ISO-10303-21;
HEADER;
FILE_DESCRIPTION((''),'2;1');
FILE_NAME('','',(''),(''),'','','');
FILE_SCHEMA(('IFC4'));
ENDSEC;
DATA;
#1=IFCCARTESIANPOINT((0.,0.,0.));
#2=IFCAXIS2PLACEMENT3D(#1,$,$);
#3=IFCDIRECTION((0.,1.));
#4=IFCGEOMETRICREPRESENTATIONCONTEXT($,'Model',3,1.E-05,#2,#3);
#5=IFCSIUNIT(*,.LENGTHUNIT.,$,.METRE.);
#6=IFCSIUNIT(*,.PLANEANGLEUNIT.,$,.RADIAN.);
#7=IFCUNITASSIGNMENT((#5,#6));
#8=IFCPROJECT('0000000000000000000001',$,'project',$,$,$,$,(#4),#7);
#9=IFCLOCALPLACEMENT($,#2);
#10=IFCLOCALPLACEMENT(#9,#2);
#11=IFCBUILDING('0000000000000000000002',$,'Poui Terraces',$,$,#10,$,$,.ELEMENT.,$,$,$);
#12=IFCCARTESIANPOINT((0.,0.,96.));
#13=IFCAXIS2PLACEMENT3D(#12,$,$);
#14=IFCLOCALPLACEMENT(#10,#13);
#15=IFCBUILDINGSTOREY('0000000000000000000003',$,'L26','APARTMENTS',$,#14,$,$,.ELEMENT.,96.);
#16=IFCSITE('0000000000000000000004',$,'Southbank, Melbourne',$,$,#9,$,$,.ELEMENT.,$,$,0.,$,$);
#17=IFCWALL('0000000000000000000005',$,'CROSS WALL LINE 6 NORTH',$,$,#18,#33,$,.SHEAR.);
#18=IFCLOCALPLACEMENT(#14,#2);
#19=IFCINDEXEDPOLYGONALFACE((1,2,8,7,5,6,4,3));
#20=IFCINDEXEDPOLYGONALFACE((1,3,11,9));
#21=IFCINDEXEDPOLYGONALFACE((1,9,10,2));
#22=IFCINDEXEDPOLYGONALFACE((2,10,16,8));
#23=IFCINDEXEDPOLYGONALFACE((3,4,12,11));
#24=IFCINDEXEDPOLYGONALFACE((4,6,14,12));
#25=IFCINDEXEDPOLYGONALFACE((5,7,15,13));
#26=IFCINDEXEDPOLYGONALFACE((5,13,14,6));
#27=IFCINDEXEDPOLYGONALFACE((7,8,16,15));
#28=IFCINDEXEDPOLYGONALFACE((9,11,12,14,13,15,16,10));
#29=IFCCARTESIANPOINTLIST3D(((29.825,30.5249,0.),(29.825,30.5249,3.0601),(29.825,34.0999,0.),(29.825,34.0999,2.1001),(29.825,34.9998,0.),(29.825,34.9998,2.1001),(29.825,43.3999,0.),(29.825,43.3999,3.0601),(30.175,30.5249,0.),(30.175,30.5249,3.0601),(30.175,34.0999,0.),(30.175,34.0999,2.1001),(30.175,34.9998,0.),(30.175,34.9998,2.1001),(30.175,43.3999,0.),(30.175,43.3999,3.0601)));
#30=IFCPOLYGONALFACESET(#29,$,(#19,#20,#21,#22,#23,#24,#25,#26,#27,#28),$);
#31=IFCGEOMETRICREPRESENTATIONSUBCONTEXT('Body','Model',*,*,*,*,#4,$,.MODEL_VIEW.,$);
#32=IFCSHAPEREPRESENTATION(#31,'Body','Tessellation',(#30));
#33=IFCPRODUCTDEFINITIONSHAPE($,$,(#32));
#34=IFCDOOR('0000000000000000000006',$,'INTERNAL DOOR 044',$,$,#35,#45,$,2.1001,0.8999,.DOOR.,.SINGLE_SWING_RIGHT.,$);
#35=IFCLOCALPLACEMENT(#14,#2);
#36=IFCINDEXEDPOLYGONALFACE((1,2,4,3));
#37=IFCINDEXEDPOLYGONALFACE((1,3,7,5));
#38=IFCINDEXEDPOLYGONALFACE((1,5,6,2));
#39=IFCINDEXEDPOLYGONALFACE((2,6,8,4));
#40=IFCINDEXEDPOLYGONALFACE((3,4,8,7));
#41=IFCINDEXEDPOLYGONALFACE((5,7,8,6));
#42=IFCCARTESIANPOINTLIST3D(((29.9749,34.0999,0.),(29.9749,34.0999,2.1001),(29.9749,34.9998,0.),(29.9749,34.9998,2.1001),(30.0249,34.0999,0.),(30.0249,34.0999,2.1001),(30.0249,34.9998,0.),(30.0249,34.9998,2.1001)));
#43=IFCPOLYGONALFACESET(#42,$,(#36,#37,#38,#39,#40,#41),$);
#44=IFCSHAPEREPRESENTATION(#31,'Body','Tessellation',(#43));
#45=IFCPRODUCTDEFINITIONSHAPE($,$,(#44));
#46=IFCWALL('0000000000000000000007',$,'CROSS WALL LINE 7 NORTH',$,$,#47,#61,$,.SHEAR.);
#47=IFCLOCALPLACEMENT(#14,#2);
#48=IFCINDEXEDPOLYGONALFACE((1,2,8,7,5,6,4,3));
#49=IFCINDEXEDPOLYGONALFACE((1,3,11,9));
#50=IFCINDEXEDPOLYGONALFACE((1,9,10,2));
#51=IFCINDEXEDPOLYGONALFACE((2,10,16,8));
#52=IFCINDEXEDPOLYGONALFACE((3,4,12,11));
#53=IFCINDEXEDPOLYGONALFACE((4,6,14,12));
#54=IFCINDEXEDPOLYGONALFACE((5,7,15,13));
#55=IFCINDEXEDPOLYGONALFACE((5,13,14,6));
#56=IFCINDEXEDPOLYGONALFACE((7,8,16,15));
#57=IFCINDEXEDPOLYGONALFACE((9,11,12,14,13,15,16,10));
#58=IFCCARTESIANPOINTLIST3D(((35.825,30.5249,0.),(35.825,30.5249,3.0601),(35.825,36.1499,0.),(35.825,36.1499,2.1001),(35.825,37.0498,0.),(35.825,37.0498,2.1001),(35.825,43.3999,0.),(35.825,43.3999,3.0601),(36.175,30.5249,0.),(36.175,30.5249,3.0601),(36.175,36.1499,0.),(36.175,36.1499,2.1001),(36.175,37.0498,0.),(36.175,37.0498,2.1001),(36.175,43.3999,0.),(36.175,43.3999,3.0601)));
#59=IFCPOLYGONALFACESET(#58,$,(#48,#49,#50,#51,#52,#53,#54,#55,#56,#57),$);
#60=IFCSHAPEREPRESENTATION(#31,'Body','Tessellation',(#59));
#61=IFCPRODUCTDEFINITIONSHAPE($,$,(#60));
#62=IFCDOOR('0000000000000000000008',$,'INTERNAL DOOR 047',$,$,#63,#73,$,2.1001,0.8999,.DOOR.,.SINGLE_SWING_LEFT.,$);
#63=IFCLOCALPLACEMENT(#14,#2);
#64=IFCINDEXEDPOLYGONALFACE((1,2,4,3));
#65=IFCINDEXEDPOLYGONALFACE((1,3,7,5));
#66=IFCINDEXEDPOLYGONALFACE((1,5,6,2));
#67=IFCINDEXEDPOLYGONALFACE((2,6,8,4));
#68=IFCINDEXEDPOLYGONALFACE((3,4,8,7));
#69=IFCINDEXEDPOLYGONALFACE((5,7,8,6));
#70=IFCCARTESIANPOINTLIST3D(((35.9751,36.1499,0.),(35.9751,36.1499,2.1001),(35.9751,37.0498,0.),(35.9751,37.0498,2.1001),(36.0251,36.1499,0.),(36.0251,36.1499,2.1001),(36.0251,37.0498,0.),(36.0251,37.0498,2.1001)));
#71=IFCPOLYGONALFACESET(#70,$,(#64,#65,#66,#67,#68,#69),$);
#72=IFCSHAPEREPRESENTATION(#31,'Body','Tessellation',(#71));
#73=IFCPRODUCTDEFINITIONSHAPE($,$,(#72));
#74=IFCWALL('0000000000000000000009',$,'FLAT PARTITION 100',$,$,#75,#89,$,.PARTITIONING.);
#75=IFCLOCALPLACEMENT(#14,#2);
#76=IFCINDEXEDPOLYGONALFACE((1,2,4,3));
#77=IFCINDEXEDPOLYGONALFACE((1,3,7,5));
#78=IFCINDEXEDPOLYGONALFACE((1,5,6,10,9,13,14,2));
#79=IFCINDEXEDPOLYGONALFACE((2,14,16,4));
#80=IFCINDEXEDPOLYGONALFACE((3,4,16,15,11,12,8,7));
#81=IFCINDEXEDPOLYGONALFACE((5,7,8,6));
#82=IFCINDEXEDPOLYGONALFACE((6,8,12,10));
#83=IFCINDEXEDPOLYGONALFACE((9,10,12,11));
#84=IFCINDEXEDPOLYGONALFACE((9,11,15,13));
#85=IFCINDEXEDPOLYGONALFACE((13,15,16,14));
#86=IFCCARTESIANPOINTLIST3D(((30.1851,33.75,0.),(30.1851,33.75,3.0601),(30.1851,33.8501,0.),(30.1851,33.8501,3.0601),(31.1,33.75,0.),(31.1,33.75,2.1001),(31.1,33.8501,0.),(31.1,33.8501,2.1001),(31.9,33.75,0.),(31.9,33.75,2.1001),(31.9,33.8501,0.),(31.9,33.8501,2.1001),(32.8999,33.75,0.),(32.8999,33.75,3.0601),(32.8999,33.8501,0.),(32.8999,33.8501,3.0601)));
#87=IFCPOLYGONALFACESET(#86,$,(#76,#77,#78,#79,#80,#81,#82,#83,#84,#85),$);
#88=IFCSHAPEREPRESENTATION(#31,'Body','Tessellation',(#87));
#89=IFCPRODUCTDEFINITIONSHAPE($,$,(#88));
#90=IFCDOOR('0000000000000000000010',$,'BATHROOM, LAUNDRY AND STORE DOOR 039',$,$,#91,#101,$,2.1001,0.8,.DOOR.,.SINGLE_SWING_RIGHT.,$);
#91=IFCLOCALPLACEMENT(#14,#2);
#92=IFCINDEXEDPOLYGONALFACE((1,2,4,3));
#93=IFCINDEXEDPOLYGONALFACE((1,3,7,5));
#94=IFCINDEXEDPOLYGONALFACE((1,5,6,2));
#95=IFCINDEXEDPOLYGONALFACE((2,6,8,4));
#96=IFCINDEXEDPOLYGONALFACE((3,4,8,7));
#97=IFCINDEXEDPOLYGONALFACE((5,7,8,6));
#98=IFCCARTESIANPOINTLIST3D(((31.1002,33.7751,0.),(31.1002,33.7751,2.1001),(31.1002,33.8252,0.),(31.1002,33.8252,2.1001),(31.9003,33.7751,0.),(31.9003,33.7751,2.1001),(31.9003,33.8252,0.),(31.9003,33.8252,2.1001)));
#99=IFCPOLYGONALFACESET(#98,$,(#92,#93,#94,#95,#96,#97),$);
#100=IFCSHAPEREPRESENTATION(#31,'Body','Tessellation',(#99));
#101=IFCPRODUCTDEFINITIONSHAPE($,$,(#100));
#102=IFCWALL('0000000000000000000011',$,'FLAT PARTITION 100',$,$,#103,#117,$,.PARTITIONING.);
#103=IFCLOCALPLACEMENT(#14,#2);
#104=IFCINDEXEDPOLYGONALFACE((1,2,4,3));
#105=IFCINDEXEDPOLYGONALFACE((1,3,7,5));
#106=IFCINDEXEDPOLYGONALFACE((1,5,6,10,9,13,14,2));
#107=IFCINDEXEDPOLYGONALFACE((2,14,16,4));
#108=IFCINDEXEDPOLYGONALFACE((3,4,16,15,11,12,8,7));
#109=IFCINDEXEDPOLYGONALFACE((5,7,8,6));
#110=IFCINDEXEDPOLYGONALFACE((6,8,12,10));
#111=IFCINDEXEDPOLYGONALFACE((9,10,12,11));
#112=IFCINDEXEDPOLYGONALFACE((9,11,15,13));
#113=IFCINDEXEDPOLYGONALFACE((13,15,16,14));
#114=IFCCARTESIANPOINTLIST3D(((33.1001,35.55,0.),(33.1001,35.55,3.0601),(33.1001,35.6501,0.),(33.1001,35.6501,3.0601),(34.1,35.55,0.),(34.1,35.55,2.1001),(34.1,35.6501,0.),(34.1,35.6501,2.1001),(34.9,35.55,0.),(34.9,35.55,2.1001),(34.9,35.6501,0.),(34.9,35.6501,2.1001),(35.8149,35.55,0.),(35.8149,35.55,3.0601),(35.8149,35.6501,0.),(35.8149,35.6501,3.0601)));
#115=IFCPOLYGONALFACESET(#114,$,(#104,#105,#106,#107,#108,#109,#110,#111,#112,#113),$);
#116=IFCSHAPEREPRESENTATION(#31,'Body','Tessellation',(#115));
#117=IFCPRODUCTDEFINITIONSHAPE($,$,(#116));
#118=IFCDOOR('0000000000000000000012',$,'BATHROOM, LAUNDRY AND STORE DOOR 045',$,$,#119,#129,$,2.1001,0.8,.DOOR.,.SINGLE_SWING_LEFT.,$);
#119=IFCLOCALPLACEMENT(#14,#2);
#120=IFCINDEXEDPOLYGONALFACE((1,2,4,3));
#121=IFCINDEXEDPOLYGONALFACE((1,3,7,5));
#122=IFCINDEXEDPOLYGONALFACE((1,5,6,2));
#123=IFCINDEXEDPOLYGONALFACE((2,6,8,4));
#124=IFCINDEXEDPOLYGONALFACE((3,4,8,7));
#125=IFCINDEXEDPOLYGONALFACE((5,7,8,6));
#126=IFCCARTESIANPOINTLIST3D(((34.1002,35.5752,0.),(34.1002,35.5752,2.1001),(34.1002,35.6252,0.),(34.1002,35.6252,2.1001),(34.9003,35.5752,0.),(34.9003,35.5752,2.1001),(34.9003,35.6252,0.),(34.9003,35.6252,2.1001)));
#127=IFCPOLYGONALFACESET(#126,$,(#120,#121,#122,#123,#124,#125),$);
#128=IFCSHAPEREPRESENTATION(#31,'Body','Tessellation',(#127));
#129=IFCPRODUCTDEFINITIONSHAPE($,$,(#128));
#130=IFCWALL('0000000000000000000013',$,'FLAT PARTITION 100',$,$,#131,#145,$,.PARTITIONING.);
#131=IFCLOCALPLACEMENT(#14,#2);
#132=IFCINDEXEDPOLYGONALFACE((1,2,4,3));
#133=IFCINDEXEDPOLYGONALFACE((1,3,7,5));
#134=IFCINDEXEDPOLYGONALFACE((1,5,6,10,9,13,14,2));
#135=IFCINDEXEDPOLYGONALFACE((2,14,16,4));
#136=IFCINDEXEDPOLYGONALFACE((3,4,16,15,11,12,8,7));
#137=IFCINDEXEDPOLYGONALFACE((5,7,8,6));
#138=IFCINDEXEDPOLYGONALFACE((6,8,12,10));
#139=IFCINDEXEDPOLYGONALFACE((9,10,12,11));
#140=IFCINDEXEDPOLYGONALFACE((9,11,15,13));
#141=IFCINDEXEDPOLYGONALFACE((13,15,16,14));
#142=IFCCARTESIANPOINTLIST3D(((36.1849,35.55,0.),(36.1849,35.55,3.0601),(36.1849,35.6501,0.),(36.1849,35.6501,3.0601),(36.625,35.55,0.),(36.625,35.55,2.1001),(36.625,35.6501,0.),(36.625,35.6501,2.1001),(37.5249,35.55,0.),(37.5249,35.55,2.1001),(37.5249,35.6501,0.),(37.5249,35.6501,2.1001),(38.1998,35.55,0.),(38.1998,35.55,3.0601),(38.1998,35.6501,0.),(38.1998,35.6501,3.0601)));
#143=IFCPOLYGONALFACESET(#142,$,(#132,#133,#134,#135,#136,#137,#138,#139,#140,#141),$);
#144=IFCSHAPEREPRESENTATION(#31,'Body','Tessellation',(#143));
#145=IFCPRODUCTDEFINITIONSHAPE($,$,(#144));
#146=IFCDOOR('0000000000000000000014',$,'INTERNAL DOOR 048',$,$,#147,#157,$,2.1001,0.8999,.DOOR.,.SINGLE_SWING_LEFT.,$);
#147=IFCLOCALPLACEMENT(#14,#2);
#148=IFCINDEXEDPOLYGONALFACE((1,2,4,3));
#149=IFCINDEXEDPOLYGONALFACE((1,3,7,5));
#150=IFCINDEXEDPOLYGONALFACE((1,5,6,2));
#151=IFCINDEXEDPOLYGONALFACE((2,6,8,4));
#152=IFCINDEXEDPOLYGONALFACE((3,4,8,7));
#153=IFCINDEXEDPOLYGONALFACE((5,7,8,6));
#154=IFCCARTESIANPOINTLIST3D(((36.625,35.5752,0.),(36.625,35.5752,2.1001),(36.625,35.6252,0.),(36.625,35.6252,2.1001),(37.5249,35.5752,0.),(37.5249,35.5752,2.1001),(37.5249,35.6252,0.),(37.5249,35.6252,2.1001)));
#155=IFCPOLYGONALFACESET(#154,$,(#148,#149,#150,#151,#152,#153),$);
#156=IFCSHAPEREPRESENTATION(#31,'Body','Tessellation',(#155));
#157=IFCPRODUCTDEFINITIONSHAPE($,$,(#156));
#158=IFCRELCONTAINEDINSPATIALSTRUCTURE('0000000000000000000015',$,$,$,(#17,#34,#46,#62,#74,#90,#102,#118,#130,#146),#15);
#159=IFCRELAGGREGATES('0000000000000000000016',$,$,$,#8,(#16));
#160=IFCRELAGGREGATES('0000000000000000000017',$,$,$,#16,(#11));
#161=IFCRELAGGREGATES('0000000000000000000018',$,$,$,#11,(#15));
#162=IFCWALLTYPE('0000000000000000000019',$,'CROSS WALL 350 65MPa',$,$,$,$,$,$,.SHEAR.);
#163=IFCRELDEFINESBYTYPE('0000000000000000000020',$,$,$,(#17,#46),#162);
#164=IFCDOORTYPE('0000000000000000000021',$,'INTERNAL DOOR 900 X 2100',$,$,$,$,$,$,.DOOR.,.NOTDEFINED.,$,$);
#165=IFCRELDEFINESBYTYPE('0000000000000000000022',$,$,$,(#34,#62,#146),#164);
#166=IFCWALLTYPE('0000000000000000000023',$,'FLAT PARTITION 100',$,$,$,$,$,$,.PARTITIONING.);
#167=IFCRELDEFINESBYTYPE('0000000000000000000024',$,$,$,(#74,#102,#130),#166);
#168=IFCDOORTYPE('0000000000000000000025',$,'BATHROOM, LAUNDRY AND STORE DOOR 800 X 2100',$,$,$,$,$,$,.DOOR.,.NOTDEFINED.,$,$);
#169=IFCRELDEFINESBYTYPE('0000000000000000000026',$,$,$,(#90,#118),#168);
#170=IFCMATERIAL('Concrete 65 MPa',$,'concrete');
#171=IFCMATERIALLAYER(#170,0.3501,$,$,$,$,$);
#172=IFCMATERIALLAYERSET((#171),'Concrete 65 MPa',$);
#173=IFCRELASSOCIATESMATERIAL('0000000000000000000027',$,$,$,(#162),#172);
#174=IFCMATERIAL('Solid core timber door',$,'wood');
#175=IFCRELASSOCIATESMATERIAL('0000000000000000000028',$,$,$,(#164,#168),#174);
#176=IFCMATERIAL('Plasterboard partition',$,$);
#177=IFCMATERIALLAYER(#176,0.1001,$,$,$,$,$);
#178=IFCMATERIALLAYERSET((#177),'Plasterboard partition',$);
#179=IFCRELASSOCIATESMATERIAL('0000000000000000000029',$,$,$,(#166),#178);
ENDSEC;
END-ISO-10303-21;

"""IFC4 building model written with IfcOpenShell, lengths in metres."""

from ifc_helpers import new_model, si_unit, direction, frame, frame_2d, origin, place, context, subcontext, project, spatial, rectangle, extrude, material, layer, layer_set, type_object, element, fill, save


model = new_model("IFC4")

# Units and contexts
model_context = context("Model", 3, precision=1e-05, world=origin(), true_north=direction((0.0, 1.0)))
body_context = subcontext(model_context, "Body", "Model", "MODEL_VIEW")
ifc_project = project(units=[si_unit("LENGTHUNIT", "METRE"), si_unit("PLANEANGLEUNIT", "RADIAN")], contexts=[model_context])

# Site, building, storey
site_placement = place(None, origin())
site = spatial("IfcSite", under=ifc_project, at=site_placement, Name="Southbank, Melbourne", CompositionType="ELEMENT", RefElevation=0.0)
building_placement = place(site_placement, origin())
building = spatial("IfcBuilding", under=site, at=building_placement, Name="Poui Terraces", CompositionType="ELEMENT")
storey_placement = place(building_placement, frame((0.0, 0.0, 96.0)))
storey = spatial("IfcBuildingStorey", under=building, at=storey_placement, Name="L26", Description="APARTMENTS", CompositionType="ELEMENT", Elevation=96.0)

# Walls, openings, doors
ifc_material_1 = material(Name="Concrete 65 MPa", Category="concrete")
ifc_layer_1 = layer(ifc_material_1, 0.3501)
ifc_layer_set_1 = layer_set([ifc_layer_1], Name="Concrete 65 MPa")
wall_type_1 = type_object("IfcWallType", Name="CROSS WALL 350 65MPa", PredefinedType="SHEAR", material=ifc_layer_set_1)
wall_1_placement = place(storey_placement, frame((30.0, 30.5249, 0.0), z_axis=(0.0, 0.0, 1.0), x_axis=(0.0, 1.0, 0.0)))
wall_1 = element("IfcWall", 1, at=wall_1_placement, inside=storey, type_object=wall_type_1, Name="CROSS WALL LINE 6 NORTH", PredefinedType="SHEAR", context=body_context, shape_type="SweptSolid", body=[
    extrude(rectangle(XDim=12.875, YDim=0.3501, at=frame_2d((6.4375, 0.0))), origin(), (0.0, 0.0, 1.0), 3.0601),
])
opening_1_placement = place(wall_1_placement, frame((3.575, 0.0, 0.0)))
opening_1 = element("IfcOpeningElement", 2, at=opening_1_placement, cuts=wall_1, PredefinedType="OPENING", context=body_context, shape_type="SweptSolid", body=[
    extrude(rectangle(XDim=0.8999, YDim=2.1001, at=frame_2d((0.45, 1.05))), frame((0.0, 0.1851, 0.0), z_axis=(0.0, -1.0, 0.0), x_axis=(1.0, 0.0, 0.0)), (0.0, 0.0, 1.0), 0.3701),
])
ifc_material_2 = material(Name="Solid core timber door", Category="wood")
door_type_1 = type_object("IfcDoorType", Name="INTERNAL DOOR 900 X 2100", OperationType="NOTDEFINED", PredefinedType="DOOR", material=ifc_material_2)
door_1_placement = place(opening_1_placement, frame((0.8999, 0.0, 0.0), z_axis=(0.0, 0.0, 1.0), x_axis=(-1.0, 0.0, 0.0)))
door_1 = element("IfcDoor", 3, at=door_1_placement, inside=storey, type_object=door_type_1, Name="INTERNAL DOOR 044", OperationType="SINGLE_SWING_RIGHT", OverallHeight=2.1001, OverallWidth=0.8999, PredefinedType="DOOR", context=body_context, shape_type="SweptSolid", body=[
    extrude(rectangle(XDim=0.8999, YDim=2.1001, at=frame_2d((0.45, 1.05))), frame((0.0, 0.0249, 0.0), z_axis=(0.0, -1.0, 0.0), x_axis=(1.0, 0.0, 0.0)), (0.0, 0.0, 1.0), 0.05),
])
fill(opening_1, door_1)
wall_2_placement = place(storey_placement, frame((36.0, 30.5249, 0.0), z_axis=(0.0, 0.0, 1.0), x_axis=(0.0, 1.0, 0.0)))
wall_2 = element("IfcWall", 4, at=wall_2_placement, inside=storey, type_object=wall_type_1, Name="CROSS WALL LINE 7 NORTH", PredefinedType="SHEAR", context=body_context, shape_type="SweptSolid", body=[
    extrude(rectangle(XDim=12.875, YDim=0.3501, at=frame_2d((6.4375, 0.0))), origin(), (0.0, 0.0, 1.0), 3.0601),
])
opening_2_placement = place(wall_2_placement, frame((5.625, 0.0, 0.0)))
opening_2 = element("IfcOpeningElement", 5, at=opening_2_placement, cuts=wall_2, PredefinedType="OPENING", context=body_context, shape_type="SweptSolid", body=[
    extrude(rectangle(XDim=0.8999, YDim=2.1001, at=frame_2d((0.45, 1.05))), frame((0.0, 0.1851, 0.0), z_axis=(0.0, -1.0, 0.0), x_axis=(1.0, 0.0, 0.0)), (0.0, 0.0, 1.0), 0.3701),
])
door_2_placement = place(opening_2_placement, origin())
door_2 = element("IfcDoor", 6, at=door_2_placement, inside=storey, type_object=door_type_1, Name="INTERNAL DOOR 047", OperationType="SINGLE_SWING_LEFT", OverallHeight=2.1001, OverallWidth=0.8999, PredefinedType="DOOR", context=body_context, shape_type="SweptSolid", body=[
    extrude(rectangle(XDim=0.8999, YDim=2.1001, at=frame_2d((0.45, 1.05))), frame((0.0, 0.0249, 0.0), z_axis=(0.0, -1.0, 0.0), x_axis=(1.0, 0.0, 0.0)), (0.0, 0.0, 1.0), 0.05),
])
fill(opening_2, door_2)
ifc_material_3 = material(Name="Plasterboard partition")
ifc_layer_2 = layer(ifc_material_3, 0.1001)
ifc_layer_set_2 = layer_set([ifc_layer_2], Name="Plasterboard partition")
wall_type_2 = type_object("IfcWallType", Name="FLAT PARTITION 100", PredefinedType="PARTITIONING", material=ifc_layer_set_2)
wall_3_placement = place(storey_placement, frame((30.1851, 33.8, 0.0), z_axis=(0.0, 0.0, 1.0), x_axis=(1.0, 0.0, 0.0)))
wall_3 = element("IfcWall", 7, at=wall_3_placement, inside=storey, type_object=wall_type_2, Name="FLAT PARTITION 100", PredefinedType="PARTITIONING", context=body_context, shape_type="SweptSolid", body=[
    extrude(rectangle(XDim=2.7148, YDim=0.1001, at=frame_2d((1.3574, 0.0))), origin(), (0.0, 0.0, 1.0), 3.0601),
])
opening_3_placement = place(wall_3_placement, frame((0.915, 0.0, 0.0)))
opening_3 = element("IfcOpeningElement", 8, at=opening_3_placement, cuts=wall_3, PredefinedType="OPENING", context=body_context, shape_type="SweptSolid", body=[
    extrude(rectangle(XDim=0.8, YDim=2.1001, at=frame_2d((0.3999, 1.05))), frame((0.0, 0.0601, 0.0), z_axis=(0.0, -1.0, 0.0), x_axis=(1.0, 0.0, 0.0)), (0.0, 0.0, 1.0), 0.1201),
])
door_type_2 = type_object("IfcDoorType", Name="BATHROOM, LAUNDRY AND STORE DOOR 800 X 2100", OperationType="NOTDEFINED", PredefinedType="DOOR", material=ifc_material_2)
door_3_placement = place(opening_3_placement, frame((0.8, 0.0, 0.0), z_axis=(0.0, 0.0, 1.0), x_axis=(-1.0, 0.0, 0.0)))
door_3 = element("IfcDoor", 9, at=door_3_placement, inside=storey, type_object=door_type_2, Name="BATHROOM, LAUNDRY AND STORE DOOR 039", OperationType="SINGLE_SWING_RIGHT", OverallHeight=2.1001, OverallWidth=0.8, PredefinedType="DOOR", context=body_context, shape_type="SweptSolid", body=[
    extrude(rectangle(XDim=0.8, YDim=2.1001, at=frame_2d((0.3999, 1.05))), frame((0.0, 0.0249, 0.0), z_axis=(0.0, -1.0, 0.0), x_axis=(1.0, 0.0, 0.0)), (0.0, 0.0, 1.0), 0.05),
])
fill(opening_3, door_3)
wall_4_placement = place(storey_placement, frame((33.1001, 35.6001, 0.0), z_axis=(0.0, 0.0, 1.0), x_axis=(1.0, 0.0, 0.0)))
wall_4 = element("IfcWall", 10, at=wall_4_placement, inside=storey, type_object=wall_type_2, Name="FLAT PARTITION 100", PredefinedType="PARTITIONING", context=body_context, shape_type="SweptSolid", body=[
    extrude(rectangle(XDim=2.7148, YDim=0.1001, at=frame_2d((1.3574, 0.0))), origin(), (0.0, 0.0, 1.0), 3.0601),
])
opening_4_placement = place(wall_4_placement, frame((1.0, 0.0, 0.0)))
opening_4 = element("IfcOpeningElement", 11, at=opening_4_placement, cuts=wall_4, PredefinedType="OPENING", context=body_context, shape_type="SweptSolid", body=[
    extrude(rectangle(XDim=0.8, YDim=2.1001, at=frame_2d((0.3999, 1.05))), frame((0.0, 0.0601, 0.0), z_axis=(0.0, -1.0, 0.0), x_axis=(1.0, 0.0, 0.0)), (0.0, 0.0, 1.0), 0.1201),
])
door_4_placement = place(opening_4_placement, frame((0.8, 0.0, 0.0), z_axis=(0.0, 0.0, 1.0), x_axis=(-1.0, 0.0, 0.0)))
door_4 = element("IfcDoor", 12, at=door_4_placement, inside=storey, type_object=door_type_2, Name="BATHROOM, LAUNDRY AND STORE DOOR 045", OperationType="SINGLE_SWING_LEFT", OverallHeight=2.1001, OverallWidth=0.8, PredefinedType="DOOR", context=body_context, shape_type="SweptSolid", body=[
    extrude(rectangle(XDim=0.8, YDim=2.1001, at=frame_2d((0.3999, 1.05))), frame((0.0, 0.0249, 0.0), z_axis=(0.0, -1.0, 0.0), x_axis=(1.0, 0.0, 0.0)), (0.0, 0.0, 1.0), 0.05),
])
fill(opening_4, door_4)
wall_5_placement = place(storey_placement, frame((36.1851, 35.6001, 0.0), z_axis=(0.0, 0.0, 1.0), x_axis=(1.0, 0.0, 0.0)))
wall_5 = element("IfcWall", 13, at=wall_5_placement, inside=storey, type_object=wall_type_2, Name="FLAT PARTITION 100", PredefinedType="PARTITIONING", context=body_context, shape_type="SweptSolid", body=[
    extrude(rectangle(XDim=2.0149, YDim=0.1001, at=frame_2d((1.0073, 0.0))), origin(), (0.0, 0.0, 1.0), 3.0601),
])
opening_5_placement = place(wall_5_placement, frame((0.4399, 0.0, 0.0)))
opening_5 = element("IfcOpeningElement", 14, at=opening_5_placement, cuts=wall_5, PredefinedType="OPENING", context=body_context, shape_type="SweptSolid", body=[
    extrude(rectangle(XDim=0.8999, YDim=2.1001, at=frame_2d((0.45, 1.05))), frame((0.0, 0.0601, 0.0), z_axis=(0.0, -1.0, 0.0), x_axis=(1.0, 0.0, 0.0)), (0.0, 0.0, 1.0), 0.1201),
])
door_5_placement = place(opening_5_placement, frame((0.8999, 0.0, 0.0), z_axis=(0.0, 0.0, 1.0), x_axis=(-1.0, 0.0, 0.0)))
door_5 = element("IfcDoor", 15, at=door_5_placement, inside=storey, type_object=door_type_1, Name="INTERNAL DOOR 048", OperationType="SINGLE_SWING_LEFT", OverallHeight=2.1001, OverallWidth=0.8999, PredefinedType="DOOR", context=body_context, shape_type="SweptSolid", body=[
    extrude(rectangle(XDim=0.8999, YDim=2.1001, at=frame_2d((0.45, 1.05))), frame((0.0, 0.0249, 0.0), z_axis=(0.0, -1.0, 0.0), x_axis=(1.0, 0.0, 0.0)), (0.0, 0.0, 1.0), 0.05),
])
fill(opening_5, door_5)

save(model, "model.ifc")
